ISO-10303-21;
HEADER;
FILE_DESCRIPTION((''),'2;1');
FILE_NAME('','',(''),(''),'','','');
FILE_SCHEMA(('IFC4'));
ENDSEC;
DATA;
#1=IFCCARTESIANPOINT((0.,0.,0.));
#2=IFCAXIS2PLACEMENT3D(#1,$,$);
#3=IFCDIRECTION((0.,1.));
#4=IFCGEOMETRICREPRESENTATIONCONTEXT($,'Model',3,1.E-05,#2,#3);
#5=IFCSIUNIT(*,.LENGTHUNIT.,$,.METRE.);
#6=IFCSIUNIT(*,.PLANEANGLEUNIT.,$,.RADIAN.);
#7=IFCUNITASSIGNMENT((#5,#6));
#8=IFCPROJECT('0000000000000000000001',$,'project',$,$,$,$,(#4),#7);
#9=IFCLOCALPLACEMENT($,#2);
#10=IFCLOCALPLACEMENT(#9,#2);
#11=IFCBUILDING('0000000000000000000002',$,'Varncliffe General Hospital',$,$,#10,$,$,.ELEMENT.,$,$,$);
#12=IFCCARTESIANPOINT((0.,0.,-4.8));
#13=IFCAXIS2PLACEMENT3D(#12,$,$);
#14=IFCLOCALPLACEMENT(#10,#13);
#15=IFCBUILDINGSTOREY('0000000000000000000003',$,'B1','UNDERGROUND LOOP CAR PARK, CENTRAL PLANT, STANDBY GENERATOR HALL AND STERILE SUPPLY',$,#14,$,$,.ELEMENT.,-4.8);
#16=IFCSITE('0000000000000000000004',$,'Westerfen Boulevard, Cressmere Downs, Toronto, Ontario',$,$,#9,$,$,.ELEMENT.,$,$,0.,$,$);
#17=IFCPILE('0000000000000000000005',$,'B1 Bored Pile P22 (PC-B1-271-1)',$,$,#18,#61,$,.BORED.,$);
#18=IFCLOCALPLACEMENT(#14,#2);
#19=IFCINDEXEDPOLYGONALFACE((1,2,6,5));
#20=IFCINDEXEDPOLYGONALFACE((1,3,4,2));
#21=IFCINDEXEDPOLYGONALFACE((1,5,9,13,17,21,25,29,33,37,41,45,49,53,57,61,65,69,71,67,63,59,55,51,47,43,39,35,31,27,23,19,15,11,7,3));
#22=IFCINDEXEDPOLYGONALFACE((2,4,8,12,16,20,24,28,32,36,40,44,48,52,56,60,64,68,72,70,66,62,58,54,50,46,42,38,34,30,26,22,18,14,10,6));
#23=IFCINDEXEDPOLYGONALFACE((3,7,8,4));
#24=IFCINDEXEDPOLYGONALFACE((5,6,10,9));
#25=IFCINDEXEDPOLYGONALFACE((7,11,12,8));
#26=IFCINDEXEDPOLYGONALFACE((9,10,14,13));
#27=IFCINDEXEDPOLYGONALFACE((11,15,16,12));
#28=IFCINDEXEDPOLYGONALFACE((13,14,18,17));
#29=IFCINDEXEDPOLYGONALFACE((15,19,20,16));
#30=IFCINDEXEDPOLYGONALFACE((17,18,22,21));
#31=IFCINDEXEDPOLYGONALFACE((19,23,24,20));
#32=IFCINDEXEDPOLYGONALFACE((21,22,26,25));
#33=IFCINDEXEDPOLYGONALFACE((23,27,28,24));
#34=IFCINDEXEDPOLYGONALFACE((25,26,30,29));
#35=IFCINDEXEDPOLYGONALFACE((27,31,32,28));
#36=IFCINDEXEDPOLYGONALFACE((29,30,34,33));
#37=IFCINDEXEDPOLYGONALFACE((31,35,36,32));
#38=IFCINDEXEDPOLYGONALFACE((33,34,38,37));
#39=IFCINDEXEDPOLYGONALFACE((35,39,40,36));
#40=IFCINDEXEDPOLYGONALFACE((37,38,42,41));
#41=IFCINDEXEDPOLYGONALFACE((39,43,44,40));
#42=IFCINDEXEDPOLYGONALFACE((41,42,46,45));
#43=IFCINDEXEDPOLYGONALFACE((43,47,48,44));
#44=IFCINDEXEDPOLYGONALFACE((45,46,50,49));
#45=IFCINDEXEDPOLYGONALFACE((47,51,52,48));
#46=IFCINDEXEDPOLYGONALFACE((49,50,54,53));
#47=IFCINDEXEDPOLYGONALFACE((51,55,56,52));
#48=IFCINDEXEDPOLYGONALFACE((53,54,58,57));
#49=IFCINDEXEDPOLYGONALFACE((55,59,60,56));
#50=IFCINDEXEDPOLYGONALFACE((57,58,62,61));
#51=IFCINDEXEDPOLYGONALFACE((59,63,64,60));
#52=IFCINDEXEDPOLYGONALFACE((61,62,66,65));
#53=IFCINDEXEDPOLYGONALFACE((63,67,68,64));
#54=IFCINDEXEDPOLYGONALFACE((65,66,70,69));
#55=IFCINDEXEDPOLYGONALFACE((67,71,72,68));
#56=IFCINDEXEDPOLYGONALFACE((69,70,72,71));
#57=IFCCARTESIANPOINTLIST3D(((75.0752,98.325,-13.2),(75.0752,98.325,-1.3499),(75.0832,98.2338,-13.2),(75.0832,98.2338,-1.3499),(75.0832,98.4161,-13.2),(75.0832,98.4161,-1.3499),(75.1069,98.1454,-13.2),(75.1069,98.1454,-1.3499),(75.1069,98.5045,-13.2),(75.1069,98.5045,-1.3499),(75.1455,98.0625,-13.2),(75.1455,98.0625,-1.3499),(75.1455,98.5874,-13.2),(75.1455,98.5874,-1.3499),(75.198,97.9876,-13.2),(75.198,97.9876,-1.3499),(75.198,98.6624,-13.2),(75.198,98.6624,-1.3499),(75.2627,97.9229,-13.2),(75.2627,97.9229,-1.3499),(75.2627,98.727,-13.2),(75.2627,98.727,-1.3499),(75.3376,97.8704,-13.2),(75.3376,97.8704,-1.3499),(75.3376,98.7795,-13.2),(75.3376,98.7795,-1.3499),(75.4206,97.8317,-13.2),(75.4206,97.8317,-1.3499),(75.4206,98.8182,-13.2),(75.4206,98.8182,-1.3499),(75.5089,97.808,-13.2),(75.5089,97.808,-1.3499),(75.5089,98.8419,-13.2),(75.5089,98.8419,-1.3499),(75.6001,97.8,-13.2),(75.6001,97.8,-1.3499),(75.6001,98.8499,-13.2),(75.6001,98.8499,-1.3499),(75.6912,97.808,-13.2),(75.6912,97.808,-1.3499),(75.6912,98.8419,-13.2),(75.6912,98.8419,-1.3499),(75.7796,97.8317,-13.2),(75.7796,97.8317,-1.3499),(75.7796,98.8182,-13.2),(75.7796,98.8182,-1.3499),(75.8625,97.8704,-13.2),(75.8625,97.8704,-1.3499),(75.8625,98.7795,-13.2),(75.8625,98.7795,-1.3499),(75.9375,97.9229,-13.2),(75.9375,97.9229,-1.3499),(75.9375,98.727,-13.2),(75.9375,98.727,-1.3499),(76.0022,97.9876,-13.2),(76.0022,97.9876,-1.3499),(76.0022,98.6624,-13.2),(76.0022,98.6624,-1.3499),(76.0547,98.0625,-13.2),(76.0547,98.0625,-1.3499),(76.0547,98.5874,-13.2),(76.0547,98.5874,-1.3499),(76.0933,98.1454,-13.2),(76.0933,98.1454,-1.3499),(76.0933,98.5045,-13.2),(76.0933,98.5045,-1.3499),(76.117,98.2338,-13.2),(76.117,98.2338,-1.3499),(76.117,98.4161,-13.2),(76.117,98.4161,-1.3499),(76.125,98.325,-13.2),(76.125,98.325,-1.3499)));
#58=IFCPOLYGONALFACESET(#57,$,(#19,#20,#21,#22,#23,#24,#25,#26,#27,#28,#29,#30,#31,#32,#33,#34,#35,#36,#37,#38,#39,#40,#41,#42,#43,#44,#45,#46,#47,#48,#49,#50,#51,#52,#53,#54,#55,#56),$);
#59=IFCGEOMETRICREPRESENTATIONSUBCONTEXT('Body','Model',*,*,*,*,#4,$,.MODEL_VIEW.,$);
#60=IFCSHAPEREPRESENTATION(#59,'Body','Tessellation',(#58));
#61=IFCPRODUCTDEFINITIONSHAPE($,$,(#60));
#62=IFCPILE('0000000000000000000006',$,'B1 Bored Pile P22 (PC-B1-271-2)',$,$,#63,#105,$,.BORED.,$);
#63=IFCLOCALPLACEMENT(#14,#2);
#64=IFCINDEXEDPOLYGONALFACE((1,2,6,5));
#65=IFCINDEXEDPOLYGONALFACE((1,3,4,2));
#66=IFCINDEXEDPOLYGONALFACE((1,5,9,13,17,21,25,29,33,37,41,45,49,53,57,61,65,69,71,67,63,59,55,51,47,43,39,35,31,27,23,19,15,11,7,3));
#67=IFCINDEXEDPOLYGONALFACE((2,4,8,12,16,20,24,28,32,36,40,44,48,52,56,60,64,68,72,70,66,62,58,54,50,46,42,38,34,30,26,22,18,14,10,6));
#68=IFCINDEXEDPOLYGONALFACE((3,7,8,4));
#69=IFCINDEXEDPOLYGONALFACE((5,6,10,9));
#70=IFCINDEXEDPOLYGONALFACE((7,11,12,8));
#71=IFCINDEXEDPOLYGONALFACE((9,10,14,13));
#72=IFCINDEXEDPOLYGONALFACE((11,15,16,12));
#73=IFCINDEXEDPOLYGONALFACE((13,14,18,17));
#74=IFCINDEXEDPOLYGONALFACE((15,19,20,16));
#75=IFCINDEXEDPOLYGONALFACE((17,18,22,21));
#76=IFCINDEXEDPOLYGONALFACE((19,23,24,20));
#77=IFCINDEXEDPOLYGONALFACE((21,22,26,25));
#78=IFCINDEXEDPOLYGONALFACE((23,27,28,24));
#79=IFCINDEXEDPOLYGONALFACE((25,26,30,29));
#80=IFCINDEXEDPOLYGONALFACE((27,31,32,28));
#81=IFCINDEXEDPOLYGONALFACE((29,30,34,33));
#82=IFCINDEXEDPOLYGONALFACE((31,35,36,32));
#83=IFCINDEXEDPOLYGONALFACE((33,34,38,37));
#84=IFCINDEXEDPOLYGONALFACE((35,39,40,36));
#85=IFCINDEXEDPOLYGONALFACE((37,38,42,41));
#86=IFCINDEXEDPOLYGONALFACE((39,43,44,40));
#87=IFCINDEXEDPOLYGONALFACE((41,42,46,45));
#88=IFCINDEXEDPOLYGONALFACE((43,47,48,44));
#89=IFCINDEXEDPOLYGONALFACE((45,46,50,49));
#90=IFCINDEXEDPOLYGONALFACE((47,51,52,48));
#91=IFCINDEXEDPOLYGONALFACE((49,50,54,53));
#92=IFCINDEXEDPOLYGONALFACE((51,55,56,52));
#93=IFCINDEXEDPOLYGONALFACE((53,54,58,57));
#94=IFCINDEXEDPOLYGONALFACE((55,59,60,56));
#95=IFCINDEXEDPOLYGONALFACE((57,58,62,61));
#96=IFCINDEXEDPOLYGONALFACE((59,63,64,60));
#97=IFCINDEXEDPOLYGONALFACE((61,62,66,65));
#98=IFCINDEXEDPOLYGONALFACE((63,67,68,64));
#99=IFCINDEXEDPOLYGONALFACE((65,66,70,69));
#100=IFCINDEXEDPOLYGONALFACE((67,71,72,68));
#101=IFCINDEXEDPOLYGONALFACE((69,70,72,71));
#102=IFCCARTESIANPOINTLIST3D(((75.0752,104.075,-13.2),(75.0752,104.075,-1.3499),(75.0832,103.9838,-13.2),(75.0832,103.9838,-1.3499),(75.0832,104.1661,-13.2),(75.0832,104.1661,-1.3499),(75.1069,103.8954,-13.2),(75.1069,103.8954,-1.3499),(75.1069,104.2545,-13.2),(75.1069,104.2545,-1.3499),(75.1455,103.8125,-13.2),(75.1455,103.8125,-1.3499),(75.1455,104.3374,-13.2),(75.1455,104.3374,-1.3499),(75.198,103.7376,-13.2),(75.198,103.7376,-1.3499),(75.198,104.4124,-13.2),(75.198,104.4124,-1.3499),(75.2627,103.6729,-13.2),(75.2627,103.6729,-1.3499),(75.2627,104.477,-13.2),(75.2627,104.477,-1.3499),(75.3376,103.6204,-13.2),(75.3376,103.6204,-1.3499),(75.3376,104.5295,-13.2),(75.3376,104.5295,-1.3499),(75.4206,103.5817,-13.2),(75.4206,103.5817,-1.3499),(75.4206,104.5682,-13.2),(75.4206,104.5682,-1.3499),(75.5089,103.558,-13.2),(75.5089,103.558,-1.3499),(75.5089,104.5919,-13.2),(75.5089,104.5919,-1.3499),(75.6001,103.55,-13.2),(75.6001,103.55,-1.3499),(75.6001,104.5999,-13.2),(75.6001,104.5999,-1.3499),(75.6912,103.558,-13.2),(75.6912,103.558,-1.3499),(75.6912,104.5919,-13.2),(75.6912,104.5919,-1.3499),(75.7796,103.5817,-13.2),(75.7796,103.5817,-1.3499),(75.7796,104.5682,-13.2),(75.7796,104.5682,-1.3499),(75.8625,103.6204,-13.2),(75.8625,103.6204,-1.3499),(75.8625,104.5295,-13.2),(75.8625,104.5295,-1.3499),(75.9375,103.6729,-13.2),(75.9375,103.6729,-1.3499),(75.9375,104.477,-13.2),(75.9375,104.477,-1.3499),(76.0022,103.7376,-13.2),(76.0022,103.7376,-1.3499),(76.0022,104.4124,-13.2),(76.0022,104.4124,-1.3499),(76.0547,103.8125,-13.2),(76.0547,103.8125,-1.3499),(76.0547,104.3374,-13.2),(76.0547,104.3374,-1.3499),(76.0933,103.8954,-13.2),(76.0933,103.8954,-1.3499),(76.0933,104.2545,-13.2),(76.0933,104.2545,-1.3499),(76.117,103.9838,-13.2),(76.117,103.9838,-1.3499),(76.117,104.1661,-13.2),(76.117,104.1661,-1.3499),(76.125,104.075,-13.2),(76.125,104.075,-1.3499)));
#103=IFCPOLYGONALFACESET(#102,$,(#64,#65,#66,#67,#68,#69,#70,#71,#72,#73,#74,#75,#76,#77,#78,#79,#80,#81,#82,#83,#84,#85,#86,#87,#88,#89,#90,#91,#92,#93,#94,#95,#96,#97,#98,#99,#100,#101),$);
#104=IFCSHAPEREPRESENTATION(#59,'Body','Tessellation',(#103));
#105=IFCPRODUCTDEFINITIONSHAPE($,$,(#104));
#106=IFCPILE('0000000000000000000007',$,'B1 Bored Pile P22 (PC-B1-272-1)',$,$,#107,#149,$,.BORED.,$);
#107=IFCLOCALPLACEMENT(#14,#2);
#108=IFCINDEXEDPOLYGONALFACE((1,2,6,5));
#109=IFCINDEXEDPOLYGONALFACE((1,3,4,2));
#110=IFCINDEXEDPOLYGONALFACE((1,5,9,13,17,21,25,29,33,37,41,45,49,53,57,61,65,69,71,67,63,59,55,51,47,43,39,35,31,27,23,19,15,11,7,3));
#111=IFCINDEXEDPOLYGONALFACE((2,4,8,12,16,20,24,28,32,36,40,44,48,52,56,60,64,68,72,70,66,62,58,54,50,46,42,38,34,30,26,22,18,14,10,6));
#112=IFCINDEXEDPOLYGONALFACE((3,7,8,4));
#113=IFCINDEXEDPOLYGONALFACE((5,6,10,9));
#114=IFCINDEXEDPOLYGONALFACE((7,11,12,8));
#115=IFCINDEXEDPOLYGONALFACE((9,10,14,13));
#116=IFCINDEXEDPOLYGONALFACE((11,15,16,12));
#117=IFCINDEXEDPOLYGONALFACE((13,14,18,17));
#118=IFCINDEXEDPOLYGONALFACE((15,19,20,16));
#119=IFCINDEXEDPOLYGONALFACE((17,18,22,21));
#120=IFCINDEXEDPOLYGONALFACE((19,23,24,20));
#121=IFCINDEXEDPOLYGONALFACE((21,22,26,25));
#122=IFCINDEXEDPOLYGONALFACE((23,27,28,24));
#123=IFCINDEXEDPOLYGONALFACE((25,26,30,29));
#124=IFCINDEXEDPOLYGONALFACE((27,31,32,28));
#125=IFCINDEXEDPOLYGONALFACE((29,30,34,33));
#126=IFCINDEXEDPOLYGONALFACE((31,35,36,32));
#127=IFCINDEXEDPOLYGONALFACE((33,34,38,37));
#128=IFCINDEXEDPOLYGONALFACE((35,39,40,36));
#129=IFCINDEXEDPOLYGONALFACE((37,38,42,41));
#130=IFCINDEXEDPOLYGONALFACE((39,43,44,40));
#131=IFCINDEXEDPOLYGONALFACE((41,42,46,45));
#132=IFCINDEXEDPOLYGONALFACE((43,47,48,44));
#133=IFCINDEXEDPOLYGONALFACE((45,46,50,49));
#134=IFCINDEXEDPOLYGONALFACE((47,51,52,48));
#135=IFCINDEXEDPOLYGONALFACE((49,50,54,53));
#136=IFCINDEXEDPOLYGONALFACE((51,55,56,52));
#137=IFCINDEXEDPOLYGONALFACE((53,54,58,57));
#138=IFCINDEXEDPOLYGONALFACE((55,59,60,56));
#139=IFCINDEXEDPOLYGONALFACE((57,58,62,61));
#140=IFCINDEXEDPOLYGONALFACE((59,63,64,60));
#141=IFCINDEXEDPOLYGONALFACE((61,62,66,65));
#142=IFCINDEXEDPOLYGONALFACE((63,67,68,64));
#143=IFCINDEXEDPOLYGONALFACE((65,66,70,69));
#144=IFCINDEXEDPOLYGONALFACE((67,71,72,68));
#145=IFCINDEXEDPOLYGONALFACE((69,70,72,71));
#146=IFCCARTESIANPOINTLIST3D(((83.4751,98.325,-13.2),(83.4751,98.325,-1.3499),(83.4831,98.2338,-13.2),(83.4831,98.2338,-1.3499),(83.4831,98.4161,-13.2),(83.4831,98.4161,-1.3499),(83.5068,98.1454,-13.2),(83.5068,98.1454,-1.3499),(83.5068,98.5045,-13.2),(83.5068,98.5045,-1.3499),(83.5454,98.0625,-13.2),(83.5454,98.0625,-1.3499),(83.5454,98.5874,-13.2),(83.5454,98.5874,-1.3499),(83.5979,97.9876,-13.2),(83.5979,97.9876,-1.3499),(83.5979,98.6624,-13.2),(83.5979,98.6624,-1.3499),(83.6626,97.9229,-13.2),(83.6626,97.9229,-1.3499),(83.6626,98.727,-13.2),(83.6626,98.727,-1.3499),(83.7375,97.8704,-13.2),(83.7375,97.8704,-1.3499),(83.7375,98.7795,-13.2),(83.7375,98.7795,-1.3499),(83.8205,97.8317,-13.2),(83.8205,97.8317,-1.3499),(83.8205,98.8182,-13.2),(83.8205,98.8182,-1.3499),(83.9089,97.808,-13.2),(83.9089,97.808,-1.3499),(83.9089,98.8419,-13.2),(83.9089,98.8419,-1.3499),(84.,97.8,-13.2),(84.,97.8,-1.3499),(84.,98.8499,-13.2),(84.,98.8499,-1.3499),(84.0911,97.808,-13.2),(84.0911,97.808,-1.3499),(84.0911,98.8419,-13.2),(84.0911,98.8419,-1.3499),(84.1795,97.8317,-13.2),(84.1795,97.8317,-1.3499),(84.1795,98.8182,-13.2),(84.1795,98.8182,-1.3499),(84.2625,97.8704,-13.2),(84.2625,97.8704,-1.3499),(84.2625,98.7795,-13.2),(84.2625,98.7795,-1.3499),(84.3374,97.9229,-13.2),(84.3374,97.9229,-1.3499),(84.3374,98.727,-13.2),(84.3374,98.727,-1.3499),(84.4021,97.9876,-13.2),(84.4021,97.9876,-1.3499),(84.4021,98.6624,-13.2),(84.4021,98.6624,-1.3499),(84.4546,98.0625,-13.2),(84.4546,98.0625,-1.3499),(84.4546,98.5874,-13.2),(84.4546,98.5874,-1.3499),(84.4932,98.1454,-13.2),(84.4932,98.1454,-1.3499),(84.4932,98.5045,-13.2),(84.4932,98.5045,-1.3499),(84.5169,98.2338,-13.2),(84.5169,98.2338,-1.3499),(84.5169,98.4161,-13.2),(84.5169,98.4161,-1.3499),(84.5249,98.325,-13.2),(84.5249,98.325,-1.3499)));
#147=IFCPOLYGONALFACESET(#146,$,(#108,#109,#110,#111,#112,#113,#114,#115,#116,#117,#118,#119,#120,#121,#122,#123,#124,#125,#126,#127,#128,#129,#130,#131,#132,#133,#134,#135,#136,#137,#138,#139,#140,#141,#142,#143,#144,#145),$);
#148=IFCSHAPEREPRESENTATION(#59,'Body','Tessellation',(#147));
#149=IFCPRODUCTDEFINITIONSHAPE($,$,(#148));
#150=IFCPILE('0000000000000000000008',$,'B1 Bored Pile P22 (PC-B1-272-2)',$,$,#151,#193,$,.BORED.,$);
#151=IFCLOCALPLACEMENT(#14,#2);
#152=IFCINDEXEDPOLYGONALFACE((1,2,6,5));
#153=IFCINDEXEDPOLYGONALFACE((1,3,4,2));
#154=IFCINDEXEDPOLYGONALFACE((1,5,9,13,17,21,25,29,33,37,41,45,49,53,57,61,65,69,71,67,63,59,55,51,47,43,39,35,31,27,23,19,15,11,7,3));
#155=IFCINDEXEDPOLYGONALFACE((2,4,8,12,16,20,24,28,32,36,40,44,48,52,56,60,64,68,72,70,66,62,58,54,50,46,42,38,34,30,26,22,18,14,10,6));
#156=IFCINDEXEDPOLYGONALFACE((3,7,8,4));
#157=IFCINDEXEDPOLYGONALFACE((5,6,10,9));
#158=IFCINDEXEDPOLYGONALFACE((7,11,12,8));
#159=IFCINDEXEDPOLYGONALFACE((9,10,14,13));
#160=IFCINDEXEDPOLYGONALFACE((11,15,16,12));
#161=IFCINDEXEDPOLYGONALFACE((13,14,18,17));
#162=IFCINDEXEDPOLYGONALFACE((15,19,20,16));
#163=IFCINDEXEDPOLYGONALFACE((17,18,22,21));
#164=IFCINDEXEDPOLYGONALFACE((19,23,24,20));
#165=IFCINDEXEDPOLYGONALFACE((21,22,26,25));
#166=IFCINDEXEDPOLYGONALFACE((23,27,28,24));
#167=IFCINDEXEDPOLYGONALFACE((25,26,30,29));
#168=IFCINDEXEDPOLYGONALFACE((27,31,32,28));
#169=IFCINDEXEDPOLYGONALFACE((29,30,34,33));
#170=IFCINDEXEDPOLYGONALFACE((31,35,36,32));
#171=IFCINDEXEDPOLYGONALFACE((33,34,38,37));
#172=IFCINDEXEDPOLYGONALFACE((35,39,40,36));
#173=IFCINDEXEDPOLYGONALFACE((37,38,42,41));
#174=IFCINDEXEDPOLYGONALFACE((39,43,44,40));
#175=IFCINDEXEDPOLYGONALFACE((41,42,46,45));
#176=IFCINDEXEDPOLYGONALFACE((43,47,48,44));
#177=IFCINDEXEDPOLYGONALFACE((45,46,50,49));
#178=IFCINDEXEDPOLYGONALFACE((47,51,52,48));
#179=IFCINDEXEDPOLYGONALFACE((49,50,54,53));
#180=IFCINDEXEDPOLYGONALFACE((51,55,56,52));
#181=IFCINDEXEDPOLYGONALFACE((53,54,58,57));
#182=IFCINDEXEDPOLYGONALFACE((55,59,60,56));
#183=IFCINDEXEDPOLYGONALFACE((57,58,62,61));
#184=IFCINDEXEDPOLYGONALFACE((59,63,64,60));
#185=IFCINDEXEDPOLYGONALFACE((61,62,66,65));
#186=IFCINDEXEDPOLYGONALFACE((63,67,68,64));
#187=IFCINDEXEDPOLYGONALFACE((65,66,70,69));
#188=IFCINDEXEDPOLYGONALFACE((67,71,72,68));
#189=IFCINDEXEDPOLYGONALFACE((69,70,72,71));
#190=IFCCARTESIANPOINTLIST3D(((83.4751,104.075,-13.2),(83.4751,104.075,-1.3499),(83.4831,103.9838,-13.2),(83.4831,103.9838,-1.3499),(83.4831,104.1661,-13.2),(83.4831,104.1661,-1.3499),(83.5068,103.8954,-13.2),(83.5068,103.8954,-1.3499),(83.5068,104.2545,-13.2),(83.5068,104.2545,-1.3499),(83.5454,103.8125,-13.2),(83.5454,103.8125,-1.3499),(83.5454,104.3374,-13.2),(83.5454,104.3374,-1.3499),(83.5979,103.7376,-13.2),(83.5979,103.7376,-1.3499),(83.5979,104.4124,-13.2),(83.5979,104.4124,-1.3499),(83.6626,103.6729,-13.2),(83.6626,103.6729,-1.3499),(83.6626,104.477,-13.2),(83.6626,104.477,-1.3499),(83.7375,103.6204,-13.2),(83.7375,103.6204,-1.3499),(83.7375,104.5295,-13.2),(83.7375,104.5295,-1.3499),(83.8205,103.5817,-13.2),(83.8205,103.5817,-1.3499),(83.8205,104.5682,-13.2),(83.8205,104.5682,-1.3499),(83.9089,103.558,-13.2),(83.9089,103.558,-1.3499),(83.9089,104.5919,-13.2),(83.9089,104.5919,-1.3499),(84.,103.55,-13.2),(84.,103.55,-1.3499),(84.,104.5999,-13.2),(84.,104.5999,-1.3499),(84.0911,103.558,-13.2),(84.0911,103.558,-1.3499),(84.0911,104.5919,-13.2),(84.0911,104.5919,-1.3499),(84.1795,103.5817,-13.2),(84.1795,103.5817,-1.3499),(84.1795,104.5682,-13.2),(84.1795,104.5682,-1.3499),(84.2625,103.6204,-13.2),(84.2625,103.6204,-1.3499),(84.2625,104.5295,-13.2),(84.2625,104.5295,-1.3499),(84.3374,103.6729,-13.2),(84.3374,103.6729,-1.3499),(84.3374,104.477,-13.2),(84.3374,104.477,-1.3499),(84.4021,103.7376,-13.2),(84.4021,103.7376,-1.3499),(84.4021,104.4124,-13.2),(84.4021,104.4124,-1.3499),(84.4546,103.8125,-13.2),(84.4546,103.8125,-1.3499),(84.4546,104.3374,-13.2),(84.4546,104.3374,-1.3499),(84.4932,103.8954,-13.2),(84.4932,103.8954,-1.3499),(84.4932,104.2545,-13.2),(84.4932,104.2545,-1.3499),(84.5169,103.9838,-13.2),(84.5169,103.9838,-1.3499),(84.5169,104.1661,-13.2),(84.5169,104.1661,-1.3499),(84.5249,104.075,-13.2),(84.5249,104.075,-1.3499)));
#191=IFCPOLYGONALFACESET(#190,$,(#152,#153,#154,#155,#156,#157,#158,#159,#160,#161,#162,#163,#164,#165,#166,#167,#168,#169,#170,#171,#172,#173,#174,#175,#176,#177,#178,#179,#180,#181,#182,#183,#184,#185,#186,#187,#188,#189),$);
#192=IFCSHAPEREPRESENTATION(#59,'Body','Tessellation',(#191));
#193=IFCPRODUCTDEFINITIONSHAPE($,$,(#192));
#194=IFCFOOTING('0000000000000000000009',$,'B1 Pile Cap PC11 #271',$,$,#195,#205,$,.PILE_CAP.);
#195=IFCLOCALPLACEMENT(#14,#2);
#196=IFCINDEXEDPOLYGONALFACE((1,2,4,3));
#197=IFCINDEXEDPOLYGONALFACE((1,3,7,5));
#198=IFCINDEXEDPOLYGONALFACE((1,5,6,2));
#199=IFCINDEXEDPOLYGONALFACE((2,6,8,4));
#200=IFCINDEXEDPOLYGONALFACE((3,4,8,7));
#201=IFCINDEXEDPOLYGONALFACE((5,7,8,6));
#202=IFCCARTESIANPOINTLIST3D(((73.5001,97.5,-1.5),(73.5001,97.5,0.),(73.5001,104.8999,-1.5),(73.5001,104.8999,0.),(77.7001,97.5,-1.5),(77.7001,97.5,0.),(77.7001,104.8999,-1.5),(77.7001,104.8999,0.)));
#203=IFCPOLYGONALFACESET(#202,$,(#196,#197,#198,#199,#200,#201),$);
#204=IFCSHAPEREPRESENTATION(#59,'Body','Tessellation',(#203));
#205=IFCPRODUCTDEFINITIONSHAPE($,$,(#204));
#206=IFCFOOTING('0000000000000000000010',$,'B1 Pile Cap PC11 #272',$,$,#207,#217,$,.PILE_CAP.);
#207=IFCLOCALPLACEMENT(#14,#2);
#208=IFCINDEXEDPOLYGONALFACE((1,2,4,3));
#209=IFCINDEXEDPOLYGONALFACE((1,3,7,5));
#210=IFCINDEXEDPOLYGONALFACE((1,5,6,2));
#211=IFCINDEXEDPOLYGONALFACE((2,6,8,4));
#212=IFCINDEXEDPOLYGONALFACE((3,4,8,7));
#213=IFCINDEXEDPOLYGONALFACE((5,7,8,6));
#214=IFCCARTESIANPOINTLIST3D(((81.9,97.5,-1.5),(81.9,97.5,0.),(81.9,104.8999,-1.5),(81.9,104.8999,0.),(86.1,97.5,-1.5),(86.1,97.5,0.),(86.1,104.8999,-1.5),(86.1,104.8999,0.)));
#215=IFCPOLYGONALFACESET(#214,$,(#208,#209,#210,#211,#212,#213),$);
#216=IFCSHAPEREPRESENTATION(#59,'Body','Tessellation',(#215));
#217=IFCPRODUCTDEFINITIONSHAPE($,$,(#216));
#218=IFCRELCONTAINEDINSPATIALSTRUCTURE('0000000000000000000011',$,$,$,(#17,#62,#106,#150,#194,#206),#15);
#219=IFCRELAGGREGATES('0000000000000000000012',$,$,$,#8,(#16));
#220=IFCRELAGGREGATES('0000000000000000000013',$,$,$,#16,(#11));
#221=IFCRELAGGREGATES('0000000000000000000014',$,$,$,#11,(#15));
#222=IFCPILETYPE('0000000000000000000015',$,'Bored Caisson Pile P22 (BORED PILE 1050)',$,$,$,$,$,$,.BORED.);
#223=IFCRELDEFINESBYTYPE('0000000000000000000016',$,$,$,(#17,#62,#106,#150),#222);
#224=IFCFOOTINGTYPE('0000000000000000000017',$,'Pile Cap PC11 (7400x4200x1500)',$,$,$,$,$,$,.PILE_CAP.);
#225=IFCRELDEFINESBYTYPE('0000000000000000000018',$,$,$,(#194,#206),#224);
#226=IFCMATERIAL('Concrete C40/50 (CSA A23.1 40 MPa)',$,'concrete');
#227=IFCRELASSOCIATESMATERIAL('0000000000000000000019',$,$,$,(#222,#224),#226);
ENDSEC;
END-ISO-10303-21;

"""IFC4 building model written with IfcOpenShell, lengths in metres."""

from ifc_helpers import new_model, si_unit, direction, frame, origin, origin_2d, place, context, subcontext, project, spatial, rectangle, circle, extrude, material, material_profile, profile_set, type_object, element, save


model = new_model("IFC4")

# Units and contexts
model_context = context("Model", 3, precision=1e-05, world=origin(), true_north=direction((0.0, 1.0)))
body_context = subcontext(model_context, "Body", "Model", "MODEL_VIEW")
ifc_project = project(units=[si_unit("LENGTHUNIT", "METRE"), si_unit("PLANEANGLEUNIT", "RADIAN")], contexts=[model_context])

# Site, building, storey
site_placement = place(None, origin())
site = spatial("IfcSite", under=ifc_project, at=site_placement, Name="Westerfen Boulevard, Cressmere Downs, Toronto, Ontario", CompositionType="ELEMENT", RefElevation=0.0)
building_placement = place(site_placement, origin())
building = spatial("IfcBuilding", under=site, at=building_placement, Name="Varncliffe General Hospital", CompositionType="ELEMENT")
storey_placement = place(building_placement, frame((0.0, 0.0, -4.8)))
storey = spatial("IfcBuildingStorey", under=building, at=storey_placement, Name="B1", Description="UNDERGROUND LOOP CAR PARK, CENTRAL PLANT, STANDBY GENERATOR HALL AND STERILE SUPPLY", CompositionType="ELEMENT", Elevation=-4.8)

# Piles
ifc_material_1 = material(Name="Concrete C40/50 (CSA A23.1 40 MPa)", Category="concrete")
ifc_material_profile_1 = material_profile(ifc_material_1, circle(Radius=0.5249, at=origin_2d()), Name="BORED PILE 1050")
ifc_profile_set_1 = profile_set([ifc_material_profile_1], Name="Concrete C40/50 (CSA A23.1 40 MPa)")
pile_type = type_object("IfcPileType", Name="Bored Caisson Pile P22 (BORED PILE 1050)", PredefinedType="BORED", material=ifc_profile_set_1)
for number, where, z_axis, x_axis, name in (
    (1, (75.6001, 98.325, -1.3499), (0.0, 0.0, -1.0), (1.0, 0.0, 0.0), "B1 Bored Pile P22 (PC-B1-271-1)"),
    (2, (75.6001, 104.075, -1.3499), (0.0, 0.0, -1.0), (1.0, 0.0, 0.0), "B1 Bored Pile P22 (PC-B1-271-2)"),
    (3, (84.0, 98.325, -1.3499), (0.0, 0.0, -1.0), (1.0, 0.0, 0.0), "B1 Bored Pile P22 (PC-B1-272-1)"),
    (4, (84.0, 104.075, -1.3499), (0.0, 0.0, -1.0), (1.0, 0.0, 0.0), "B1 Bored Pile P22 (PC-B1-272-2)"),
):
    element("IfcPile", number, at=place(storey_placement, frame(where, z_axis=z_axis, x_axis=x_axis)), inside=storey, type_object=pile_type, Name=name, PredefinedType="BORED", context=body_context, shape_type="SweptSolid", body=[
        extrude(circle(Radius=0.5249, at=origin_2d()), origin(), (0.0, 0.0, 1.0), 11.8501),
    ])

# Footings
footing_type_1 = type_object("IfcFootingType", Name="Pile Cap PC11 (7400x4200x1500)", PredefinedType="PILE_CAP", material=ifc_material_1)
for number, where, z_axis, x_axis, name in (
    (5, (75.6001, 101.2, -1.5), (0.0, 0.0, 1.0), (1.0, 0.0, 0.0), "B1 Pile Cap PC11 #271"),
    (6, (84.0, 101.2, -1.5), (0.0, 0.0, 1.0), (1.0, 0.0, 0.0), "B1 Pile Cap PC11 #272"),
):
    element("IfcFooting", number, at=place(storey_placement, frame(where, z_axis=z_axis, x_axis=x_axis)), inside=storey, type_object=footing_type_1, Name=name, PredefinedType="PILE_CAP", context=body_context, shape_type="SweptSolid", body=[
        extrude(rectangle(XDim=4.2, YDim=7.3999, at=origin_2d()), origin(), (0.0, 0.0, 1.0), 1.5),
    ])

save(model, "model.ifc")
